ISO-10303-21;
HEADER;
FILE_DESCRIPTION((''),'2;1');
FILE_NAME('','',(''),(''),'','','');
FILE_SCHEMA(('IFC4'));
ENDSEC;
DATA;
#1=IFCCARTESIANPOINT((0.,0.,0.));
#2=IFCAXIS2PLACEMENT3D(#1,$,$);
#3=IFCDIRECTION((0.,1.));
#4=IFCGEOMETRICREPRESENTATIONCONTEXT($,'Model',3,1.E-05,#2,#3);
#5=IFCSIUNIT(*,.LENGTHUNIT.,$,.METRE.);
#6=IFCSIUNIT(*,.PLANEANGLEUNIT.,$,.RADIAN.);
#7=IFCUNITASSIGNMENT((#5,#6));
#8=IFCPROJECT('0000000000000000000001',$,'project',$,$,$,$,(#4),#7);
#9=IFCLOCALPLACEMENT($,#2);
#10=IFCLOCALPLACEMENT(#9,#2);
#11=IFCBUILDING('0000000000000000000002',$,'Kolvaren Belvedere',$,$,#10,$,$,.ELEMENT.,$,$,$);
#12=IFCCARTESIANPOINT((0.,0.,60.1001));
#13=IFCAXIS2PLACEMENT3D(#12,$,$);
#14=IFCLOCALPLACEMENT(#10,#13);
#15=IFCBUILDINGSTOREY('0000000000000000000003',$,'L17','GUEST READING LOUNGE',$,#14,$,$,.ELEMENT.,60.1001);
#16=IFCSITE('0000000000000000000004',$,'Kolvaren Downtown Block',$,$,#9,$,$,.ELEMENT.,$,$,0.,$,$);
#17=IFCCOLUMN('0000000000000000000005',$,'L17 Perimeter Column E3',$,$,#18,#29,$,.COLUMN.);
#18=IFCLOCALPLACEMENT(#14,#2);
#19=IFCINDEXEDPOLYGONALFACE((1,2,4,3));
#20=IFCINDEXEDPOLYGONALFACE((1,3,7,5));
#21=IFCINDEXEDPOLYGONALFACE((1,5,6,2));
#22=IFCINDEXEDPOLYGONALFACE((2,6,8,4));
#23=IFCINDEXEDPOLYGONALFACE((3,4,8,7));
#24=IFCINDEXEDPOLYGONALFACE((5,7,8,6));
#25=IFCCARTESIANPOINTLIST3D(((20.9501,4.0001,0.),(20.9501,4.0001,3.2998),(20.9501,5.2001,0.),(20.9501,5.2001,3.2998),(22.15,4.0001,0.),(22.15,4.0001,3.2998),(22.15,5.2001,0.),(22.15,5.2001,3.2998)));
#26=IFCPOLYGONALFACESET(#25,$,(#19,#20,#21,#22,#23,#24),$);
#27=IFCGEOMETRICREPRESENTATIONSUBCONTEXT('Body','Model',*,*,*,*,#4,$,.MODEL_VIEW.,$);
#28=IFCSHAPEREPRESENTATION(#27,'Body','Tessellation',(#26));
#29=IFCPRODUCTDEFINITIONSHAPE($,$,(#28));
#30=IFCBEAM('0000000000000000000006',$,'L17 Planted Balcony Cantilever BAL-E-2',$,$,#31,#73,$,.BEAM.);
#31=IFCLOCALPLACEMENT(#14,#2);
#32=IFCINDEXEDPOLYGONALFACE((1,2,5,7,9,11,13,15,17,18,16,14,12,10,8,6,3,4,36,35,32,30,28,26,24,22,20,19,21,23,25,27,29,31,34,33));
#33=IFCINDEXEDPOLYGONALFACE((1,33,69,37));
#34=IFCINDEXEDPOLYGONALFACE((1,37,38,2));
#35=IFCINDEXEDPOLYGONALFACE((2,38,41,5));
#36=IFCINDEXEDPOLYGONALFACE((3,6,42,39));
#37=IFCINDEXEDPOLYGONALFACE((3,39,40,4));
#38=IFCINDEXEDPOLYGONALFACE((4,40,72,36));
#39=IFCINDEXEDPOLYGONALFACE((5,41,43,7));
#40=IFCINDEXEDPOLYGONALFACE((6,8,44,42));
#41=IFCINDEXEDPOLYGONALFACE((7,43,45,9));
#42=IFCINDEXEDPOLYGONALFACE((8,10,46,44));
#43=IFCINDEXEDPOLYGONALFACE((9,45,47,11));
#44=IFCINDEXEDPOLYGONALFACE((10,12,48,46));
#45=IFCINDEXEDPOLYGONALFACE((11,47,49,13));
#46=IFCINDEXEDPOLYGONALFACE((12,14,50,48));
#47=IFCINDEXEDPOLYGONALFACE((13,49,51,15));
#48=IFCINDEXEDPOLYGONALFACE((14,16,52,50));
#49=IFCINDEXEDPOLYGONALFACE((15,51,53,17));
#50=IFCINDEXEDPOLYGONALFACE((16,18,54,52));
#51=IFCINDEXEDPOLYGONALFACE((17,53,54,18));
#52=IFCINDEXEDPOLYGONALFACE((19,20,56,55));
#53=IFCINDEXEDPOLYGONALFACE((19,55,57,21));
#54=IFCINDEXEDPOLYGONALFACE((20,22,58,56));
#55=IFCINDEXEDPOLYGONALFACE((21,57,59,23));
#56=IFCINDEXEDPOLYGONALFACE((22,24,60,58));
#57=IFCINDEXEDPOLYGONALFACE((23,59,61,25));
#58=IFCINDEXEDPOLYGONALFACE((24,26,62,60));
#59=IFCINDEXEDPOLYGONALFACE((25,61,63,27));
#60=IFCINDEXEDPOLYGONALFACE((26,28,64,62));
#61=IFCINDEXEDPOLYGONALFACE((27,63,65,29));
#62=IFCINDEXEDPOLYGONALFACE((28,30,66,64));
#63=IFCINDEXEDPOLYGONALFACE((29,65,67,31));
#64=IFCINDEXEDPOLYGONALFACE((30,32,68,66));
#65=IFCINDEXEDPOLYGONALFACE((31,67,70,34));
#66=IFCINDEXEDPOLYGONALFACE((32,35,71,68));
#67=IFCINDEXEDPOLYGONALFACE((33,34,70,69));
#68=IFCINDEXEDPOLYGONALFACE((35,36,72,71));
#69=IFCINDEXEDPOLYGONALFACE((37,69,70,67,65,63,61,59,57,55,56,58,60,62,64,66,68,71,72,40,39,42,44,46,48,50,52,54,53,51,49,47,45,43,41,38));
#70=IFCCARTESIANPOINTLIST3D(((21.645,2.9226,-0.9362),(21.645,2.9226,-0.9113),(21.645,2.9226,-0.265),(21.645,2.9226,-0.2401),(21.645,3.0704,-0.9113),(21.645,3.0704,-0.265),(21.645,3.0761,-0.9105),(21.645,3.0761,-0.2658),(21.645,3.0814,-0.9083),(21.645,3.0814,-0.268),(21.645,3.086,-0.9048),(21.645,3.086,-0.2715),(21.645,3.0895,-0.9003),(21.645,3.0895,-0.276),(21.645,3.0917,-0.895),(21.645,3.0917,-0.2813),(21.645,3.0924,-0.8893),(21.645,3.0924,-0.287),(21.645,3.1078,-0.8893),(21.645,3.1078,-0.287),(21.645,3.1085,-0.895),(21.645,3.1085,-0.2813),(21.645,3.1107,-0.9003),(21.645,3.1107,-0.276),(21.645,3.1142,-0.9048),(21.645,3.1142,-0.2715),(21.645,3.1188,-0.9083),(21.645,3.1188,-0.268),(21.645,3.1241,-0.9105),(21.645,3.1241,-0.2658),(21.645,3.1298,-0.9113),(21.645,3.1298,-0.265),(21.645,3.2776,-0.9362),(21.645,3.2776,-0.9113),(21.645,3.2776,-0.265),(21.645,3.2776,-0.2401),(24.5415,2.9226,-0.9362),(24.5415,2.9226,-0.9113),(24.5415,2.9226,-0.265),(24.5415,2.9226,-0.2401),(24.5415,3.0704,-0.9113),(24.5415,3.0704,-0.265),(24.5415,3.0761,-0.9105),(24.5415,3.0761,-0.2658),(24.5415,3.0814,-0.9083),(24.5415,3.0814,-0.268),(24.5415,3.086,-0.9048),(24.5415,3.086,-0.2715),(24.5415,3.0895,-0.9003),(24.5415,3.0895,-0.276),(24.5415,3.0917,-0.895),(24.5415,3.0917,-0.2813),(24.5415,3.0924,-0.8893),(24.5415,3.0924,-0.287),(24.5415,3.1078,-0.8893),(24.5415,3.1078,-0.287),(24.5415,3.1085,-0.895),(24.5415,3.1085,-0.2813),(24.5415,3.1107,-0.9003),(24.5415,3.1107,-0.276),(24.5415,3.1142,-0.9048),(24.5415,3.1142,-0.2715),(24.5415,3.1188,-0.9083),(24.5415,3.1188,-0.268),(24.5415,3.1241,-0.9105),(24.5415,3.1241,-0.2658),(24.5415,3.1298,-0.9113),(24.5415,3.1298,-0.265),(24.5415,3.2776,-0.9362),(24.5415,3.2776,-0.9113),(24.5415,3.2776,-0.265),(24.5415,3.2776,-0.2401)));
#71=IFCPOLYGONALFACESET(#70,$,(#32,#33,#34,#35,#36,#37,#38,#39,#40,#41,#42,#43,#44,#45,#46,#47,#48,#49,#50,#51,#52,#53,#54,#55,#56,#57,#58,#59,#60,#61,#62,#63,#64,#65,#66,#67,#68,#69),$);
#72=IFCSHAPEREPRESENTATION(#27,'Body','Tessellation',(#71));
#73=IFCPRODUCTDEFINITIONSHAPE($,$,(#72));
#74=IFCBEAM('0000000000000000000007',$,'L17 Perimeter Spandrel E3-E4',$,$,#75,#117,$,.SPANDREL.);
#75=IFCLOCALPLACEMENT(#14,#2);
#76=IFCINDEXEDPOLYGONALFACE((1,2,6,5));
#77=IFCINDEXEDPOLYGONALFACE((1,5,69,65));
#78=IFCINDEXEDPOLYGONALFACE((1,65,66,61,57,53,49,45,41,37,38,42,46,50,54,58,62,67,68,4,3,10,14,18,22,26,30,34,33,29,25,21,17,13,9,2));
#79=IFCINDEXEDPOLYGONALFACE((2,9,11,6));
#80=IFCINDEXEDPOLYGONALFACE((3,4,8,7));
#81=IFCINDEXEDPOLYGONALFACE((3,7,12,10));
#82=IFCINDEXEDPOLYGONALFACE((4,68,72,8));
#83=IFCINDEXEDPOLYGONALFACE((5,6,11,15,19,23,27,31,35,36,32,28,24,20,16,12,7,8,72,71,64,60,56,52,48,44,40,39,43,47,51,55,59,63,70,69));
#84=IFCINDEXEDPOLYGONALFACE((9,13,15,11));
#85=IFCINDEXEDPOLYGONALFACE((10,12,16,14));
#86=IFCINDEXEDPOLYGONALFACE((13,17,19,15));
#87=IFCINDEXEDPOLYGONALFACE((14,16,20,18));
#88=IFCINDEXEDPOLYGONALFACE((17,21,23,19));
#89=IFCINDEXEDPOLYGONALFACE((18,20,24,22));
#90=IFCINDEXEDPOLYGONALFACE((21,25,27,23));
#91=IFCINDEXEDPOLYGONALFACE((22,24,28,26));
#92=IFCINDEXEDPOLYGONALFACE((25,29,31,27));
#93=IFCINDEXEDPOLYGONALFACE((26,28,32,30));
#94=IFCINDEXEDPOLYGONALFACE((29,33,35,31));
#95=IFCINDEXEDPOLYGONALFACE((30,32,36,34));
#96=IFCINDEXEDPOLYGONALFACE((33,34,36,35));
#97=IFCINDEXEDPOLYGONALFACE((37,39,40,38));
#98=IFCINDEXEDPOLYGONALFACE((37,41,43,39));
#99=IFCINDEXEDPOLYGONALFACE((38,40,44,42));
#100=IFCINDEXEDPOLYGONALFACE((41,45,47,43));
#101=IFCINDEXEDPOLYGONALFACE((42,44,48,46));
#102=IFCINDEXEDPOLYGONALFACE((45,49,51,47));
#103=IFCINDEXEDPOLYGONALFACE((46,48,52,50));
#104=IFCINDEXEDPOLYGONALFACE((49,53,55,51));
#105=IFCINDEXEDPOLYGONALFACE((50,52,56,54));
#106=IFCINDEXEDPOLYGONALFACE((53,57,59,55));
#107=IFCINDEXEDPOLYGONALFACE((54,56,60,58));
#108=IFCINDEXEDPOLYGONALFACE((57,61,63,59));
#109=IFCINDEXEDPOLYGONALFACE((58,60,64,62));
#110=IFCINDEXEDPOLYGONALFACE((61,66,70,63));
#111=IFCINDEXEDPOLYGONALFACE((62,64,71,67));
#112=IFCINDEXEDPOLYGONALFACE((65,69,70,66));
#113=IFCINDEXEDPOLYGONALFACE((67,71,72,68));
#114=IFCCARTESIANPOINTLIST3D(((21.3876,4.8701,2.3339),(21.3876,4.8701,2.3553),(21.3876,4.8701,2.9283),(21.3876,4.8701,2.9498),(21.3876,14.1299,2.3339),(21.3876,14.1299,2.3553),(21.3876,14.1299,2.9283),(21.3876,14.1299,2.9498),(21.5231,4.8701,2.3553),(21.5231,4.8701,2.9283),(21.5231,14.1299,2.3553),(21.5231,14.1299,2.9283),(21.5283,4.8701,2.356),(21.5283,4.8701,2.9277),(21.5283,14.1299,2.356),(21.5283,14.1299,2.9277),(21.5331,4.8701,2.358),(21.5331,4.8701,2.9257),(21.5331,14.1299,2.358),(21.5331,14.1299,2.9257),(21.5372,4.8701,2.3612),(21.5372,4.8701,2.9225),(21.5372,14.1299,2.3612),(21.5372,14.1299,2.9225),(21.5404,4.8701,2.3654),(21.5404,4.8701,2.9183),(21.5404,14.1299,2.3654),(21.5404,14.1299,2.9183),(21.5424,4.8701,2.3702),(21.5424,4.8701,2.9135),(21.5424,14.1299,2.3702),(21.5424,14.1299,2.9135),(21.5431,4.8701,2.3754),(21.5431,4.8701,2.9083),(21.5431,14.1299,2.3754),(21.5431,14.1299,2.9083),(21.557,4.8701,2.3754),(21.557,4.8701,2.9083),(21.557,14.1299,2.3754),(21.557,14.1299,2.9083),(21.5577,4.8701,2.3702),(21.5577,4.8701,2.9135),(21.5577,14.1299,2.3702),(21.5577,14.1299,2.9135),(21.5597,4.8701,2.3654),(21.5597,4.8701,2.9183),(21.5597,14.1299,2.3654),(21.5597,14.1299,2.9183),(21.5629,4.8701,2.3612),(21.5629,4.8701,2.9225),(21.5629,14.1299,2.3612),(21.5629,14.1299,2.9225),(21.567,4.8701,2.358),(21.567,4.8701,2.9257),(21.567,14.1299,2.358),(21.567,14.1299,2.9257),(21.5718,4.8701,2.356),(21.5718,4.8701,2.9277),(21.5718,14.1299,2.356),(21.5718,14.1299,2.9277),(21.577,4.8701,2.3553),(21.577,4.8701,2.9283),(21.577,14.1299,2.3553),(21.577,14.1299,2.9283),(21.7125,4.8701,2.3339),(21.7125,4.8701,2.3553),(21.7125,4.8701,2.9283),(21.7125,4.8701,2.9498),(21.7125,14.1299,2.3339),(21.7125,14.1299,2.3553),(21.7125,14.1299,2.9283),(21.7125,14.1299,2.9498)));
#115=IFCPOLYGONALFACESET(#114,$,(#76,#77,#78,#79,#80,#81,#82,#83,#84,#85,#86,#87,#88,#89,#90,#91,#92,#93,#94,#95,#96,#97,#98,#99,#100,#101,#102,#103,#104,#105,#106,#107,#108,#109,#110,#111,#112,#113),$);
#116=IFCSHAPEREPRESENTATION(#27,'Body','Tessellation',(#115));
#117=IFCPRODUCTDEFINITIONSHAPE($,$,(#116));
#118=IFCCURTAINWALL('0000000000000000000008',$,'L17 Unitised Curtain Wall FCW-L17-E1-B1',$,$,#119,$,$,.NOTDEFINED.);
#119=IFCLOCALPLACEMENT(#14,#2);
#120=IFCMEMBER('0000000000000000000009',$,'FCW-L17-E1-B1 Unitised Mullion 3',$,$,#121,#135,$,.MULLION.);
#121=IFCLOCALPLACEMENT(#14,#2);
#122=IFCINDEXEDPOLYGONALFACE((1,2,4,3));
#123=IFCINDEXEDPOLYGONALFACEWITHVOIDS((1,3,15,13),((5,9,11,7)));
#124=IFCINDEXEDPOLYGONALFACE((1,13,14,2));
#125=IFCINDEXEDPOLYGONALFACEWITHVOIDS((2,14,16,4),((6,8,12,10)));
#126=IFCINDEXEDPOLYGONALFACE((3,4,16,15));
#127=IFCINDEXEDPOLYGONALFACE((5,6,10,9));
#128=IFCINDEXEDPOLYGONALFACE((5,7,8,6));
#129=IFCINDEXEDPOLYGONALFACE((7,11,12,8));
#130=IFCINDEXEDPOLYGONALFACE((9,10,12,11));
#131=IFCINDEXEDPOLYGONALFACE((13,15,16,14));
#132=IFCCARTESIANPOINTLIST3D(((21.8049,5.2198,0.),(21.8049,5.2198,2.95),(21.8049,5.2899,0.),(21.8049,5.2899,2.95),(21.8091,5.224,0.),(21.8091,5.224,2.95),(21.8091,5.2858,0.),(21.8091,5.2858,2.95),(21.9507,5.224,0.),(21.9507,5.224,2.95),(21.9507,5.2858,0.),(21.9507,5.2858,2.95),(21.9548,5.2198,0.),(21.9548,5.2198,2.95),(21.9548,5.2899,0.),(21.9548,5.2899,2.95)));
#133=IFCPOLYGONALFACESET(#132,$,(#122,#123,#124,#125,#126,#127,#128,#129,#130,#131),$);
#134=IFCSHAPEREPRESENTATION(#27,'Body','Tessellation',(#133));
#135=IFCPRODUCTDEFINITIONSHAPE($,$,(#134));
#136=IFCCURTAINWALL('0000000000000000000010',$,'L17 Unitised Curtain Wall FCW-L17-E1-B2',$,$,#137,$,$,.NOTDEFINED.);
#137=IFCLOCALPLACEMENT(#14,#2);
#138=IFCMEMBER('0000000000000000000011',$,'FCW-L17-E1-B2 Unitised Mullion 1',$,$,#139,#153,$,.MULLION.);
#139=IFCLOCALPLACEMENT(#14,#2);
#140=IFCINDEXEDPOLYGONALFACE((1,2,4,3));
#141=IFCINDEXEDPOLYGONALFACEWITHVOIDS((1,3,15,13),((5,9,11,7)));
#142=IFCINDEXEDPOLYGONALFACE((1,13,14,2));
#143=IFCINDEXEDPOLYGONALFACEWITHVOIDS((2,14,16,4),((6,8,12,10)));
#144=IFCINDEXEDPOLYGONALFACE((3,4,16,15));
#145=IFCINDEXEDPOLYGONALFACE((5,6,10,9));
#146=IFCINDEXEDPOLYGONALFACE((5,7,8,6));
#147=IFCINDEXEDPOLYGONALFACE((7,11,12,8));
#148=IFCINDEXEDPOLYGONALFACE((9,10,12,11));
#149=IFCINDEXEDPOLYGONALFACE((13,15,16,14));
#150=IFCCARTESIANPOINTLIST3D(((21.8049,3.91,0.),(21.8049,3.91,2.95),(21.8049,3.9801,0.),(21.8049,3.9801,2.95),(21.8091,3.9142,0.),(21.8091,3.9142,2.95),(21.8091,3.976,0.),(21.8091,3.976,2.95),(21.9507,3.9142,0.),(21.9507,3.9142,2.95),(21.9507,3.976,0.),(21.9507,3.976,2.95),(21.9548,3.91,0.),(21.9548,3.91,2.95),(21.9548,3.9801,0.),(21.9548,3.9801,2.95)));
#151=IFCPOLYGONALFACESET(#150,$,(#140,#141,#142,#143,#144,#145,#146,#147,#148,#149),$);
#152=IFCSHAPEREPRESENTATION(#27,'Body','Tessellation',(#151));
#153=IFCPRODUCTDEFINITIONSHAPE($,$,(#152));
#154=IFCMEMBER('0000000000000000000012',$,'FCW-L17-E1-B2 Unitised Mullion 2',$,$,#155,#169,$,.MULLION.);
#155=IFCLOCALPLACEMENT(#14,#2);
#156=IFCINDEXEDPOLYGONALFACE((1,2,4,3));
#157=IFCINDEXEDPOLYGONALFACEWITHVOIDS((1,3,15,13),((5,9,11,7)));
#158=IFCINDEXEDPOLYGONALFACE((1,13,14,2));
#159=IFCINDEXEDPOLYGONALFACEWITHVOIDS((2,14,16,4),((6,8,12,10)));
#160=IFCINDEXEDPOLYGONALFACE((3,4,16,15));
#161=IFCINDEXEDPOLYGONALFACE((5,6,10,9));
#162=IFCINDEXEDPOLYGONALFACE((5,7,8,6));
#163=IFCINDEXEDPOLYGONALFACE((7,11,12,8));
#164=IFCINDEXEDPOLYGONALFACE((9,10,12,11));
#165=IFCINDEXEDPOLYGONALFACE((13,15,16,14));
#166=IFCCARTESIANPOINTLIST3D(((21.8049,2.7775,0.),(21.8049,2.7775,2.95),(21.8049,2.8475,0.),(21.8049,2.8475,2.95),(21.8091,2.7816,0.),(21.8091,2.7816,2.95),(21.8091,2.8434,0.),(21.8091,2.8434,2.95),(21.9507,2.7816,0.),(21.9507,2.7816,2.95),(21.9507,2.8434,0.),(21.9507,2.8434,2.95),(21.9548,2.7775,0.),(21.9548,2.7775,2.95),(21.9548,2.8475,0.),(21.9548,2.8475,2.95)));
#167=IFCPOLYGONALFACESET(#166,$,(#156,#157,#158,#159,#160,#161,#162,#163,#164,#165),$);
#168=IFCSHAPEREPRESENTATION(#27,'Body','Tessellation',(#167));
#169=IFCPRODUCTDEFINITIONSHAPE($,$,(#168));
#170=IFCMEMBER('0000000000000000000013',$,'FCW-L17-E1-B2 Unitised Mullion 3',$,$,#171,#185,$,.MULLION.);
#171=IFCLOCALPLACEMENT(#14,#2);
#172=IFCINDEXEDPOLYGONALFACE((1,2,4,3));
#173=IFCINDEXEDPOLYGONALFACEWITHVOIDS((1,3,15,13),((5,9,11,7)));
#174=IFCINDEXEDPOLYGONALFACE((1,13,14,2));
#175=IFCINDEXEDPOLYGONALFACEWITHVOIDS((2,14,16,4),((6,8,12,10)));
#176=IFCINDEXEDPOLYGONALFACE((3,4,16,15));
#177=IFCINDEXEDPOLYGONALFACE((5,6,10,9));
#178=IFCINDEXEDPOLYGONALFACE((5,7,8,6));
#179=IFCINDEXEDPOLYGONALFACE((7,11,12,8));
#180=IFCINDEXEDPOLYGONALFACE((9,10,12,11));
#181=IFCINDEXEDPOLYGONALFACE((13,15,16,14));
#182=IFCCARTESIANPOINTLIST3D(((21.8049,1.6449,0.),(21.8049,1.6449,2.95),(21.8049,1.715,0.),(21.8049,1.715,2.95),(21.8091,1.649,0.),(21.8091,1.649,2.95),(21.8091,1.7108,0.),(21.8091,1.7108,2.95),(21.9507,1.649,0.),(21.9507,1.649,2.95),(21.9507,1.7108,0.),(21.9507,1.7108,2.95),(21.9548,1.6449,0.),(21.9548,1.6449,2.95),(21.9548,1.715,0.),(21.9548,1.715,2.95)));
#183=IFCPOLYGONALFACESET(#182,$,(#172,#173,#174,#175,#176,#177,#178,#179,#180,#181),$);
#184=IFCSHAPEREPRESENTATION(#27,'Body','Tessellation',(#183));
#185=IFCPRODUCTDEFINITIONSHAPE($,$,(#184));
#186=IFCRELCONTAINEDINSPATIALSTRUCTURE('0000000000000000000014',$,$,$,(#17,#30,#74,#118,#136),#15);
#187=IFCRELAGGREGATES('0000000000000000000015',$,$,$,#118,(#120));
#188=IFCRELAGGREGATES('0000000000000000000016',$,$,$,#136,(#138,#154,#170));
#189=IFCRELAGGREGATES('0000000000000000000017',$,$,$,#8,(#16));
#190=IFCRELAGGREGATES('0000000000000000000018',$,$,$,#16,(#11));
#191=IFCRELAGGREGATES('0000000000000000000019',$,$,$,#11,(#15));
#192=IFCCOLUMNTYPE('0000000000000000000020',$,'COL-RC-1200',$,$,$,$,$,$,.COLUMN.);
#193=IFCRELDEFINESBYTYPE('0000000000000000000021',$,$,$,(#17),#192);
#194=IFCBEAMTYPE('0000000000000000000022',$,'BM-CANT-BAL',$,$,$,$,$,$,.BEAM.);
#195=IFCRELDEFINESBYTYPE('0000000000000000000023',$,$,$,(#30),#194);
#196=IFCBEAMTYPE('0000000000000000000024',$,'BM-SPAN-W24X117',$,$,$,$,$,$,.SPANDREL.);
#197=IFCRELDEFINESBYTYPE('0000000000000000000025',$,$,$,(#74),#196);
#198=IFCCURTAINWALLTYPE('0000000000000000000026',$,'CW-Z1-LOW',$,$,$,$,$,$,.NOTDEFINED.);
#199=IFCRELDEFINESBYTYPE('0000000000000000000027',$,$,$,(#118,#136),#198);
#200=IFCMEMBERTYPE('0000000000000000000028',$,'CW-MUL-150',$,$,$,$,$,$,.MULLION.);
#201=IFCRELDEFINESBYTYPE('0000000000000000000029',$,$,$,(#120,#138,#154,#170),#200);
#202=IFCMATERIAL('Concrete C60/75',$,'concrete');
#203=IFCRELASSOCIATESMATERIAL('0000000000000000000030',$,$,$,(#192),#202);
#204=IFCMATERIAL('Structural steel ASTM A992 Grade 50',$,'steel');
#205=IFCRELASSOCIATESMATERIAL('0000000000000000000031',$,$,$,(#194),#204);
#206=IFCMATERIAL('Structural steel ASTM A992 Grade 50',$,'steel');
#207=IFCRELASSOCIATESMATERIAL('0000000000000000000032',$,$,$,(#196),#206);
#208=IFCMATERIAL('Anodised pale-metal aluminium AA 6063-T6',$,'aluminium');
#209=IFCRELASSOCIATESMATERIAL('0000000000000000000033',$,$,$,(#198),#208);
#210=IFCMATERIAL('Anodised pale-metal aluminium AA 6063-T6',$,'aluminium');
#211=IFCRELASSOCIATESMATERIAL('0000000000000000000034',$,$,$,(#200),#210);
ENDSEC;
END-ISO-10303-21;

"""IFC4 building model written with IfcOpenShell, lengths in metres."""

from ifc_helpers import new_model, si_unit, direction, frame, origin, origin_2d, place, context, subcontext, project, spatial, rectangle, hollow_rectangle, i_section, extrude, material, material_profile, profile_set, type_object, element, aggregate, save


model = new_model("IFC4")

# Units and contexts
model_context = context("Model", 3, precision=1e-05, world=origin(), true_north=direction((0.0, 1.0)))
body_context = subcontext(model_context, "Body", "Model", "MODEL_VIEW")
ifc_project = project(units=[si_unit("LENGTHUNIT", "METRE"), si_unit("PLANEANGLEUNIT", "RADIAN")], contexts=[model_context])

# Site, building, storey
site_placement = place(None, origin())
site = spatial("IfcSite", under=ifc_project, at=site_placement, Name="Kolvaren Downtown Block", CompositionType="ELEMENT", RefElevation=0.0)
building_placement = place(site_placement, origin())
building = spatial("IfcBuilding", under=site, at=building_placement, Name="Kolvaren Belvedere", CompositionType="ELEMENT")
storey_placement = place(building_placement, frame((0.0, 0.0, 60.1001)))
storey = spatial("IfcBuildingStorey", under=building, at=storey_placement, Name="L17", Description="GUEST READING LOUNGE", CompositionType="ELEMENT", Elevation=60.1001)

# Column
ifc_material_1 = material(Name="Concrete C60/75", Category="concrete")
ifc_material_profile_1 = material_profile(ifc_material_1, rectangle(XDim=1.2, YDim=1.2, at=origin_2d()), Name="RC 1200X1200")
ifc_profile_set_1 = profile_set([ifc_material_profile_1], Name="Concrete C60/75")
column_type = type_object("IfcColumnType", Name="COL-RC-1200", PredefinedType="COLUMN", material=ifc_profile_set_1)
column_placement = place(storey_placement, frame((21.55, 4.6001, 0.0), z_axis=(0.0, 0.0, 1.0), x_axis=(1.0, 0.0, 0.0)))
element("IfcColumn", 1, at=column_placement, inside=storey, type_object=column_type, Name="L17 Perimeter Column E3", PredefinedType="COLUMN", context=body_context, shape_type="SweptSolid", body=[
    extrude(rectangle(XDim=1.2, YDim=1.2, at=origin_2d()), origin(), (0.0, 0.0, 1.0), 3.2998),
])

# Beams
ifc_material_2 = material(Name="Structural steel ASTM A992 Grade 50", Category="steel")
ifc_material_profile_2 = material_profile(ifc_material_2, i_section(OverallWidth=0.355, OverallDepth=0.696, WebThickness=0.0154, FlangeThickness=0.0249, FilletRadius=0.022, at=origin_2d()), Name="W27X146")
ifc_profile_set_2 = profile_set([ifc_material_profile_2], Name="Structural steel ASTM A992 Grade 50")
beam_type_1 = type_object("IfcBeamType", Name="BM-CANT-BAL", PredefinedType="BEAM", material=ifc_profile_set_2)
beam_1_placement = place(storey_placement, frame((21.645, 3.1001, -0.5881), z_axis=(1.0, 0.0, 0.0), x_axis=(0.0, 1.0, 0.0)))
element("IfcBeam", 2, at=beam_1_placement, inside=storey, type_object=beam_type_1, Name="L17 Planted Balcony Cantilever BAL-E-2", PredefinedType="BEAM", context=body_context, shape_type="SweptSolid", body=[
    extrude(i_section(OverallWidth=0.355, OverallDepth=0.696, WebThickness=0.0154, FlangeThickness=0.0249, FilletRadius=0.022, at=origin_2d()), origin(), (0.0, 0.0, 1.0), 2.8965),
])
ifc_material_3 = material(Name="Structural steel ASTM A992 Grade 50", Category="steel")
ifc_material_profile_3 = material_profile(ifc_material_3, i_section(OverallWidth=0.325, OverallDepth=0.616, WebThickness=0.0139, FlangeThickness=0.0215, FilletRadius=0.02, at=origin_2d()), Name="W24X117")
ifc_profile_set_3 = profile_set([ifc_material_profile_3], Name="Structural steel ASTM A992 Grade 50")
beam_type_2 = type_object("IfcBeamType", Name="BM-SPAN-W24X117", PredefinedType="SPANDREL", material=ifc_profile_set_3)
beam_2_placement = place(storey_placement, frame((21.55, 4.8701, 2.6418), z_axis=(0.0, 1.0, 0.0), x_axis=(-1.0, 0.0, 0.0)))
element("IfcBeam", 3, at=beam_2_placement, inside=storey, type_object=beam_type_2, Name="L17 Perimeter Spandrel E3-E4", PredefinedType="SPANDREL", context=body_context, shape_type="SweptSolid", body=[
    extrude(i_section(OverallWidth=0.325, OverallDepth=0.616, WebThickness=0.0139, FlangeThickness=0.0215, FilletRadius=0.02, at=origin_2d()), origin(), (0.0, 0.0, 1.0), 9.2598),
])

# Curtain wall, member
ifc_material_4 = material(Name="Anodised pale-metal aluminium AA 6063-T6", Category="aluminium")
curtain_wall_type = type_object("IfcCurtainWallType", Name="CW-Z1-LOW", PredefinedType="NOTDEFINED", material=ifc_material_4)
curtain_wall_1_placement = place(storey_placement, origin())
curtain_wall_1 = element("IfcCurtainWall", 4, at=curtain_wall_1_placement, inside=storey, type_object=curtain_wall_type, Name="L17 Unitised Curtain Wall FCW-L17-E1-B1", PredefinedType="NOTDEFINED")
ifc_material_5 = material(Name="Anodised pale-metal aluminium AA 6063-T6", Category="aluminium")
ifc_material_profile_4 = material_profile(ifc_material_5, hollow_rectangle(XDim=0.0701, YDim=0.1499, WallThickness=0.0042, at=origin_2d()), Name="ALU-MUL-150X70")
ifc_profile_set_4 = profile_set([ifc_material_profile_4], Name="Anodised pale-metal aluminium AA 6063-T6")
member_type_1 = type_object("IfcMemberType", Name="CW-MUL-150", PredefinedType="MULLION", material=ifc_profile_set_4)
member_1_placement = place(storey_placement, frame((21.8799, 5.2549, 0.0), z_axis=(0.0, 0.0, 1.0), x_axis=(0.0, 1.0, 0.0)))
member_1 = element("IfcMember", 5, at=member_1_placement, type_object=member_type_1, Name="FCW-L17-E1-B1 Unitised Mullion 3", PredefinedType="MULLION", context=body_context, shape_type="SweptSolid", body=[
    extrude(hollow_rectangle(XDim=0.0701, YDim=0.1499, WallThickness=0.0042, at=origin_2d()), origin(), (0.0, 0.0, 1.0), 2.95),
])

# Curtain wall, members
curtain_wall_2_placement = place(storey_placement, origin())
curtain_wall_2 = element("IfcCurtainWall", 6, at=curtain_wall_2_placement, inside=storey, type_object=curtain_wall_type, Name="L17 Unitised Curtain Wall FCW-L17-E1-B2", PredefinedType="NOTDEFINED")
member_2_placement = place(storey_placement, frame((21.8799, 3.9451, 0.0), z_axis=(0.0, 0.0, 1.0), x_axis=(0.0, 1.0, 0.0)))
member_2 = element("IfcMember", 7, at=member_2_placement, type_object=member_type_1, Name="FCW-L17-E1-B2 Unitised Mullion 1", PredefinedType="MULLION", context=body_context, shape_type="SweptSolid", body=[
    extrude(hollow_rectangle(XDim=0.0701, YDim=0.1499, WallThickness=0.0042, at=origin_2d()), origin(), (0.0, 0.0, 1.0), 2.95),
])
member_3_placement = place(storey_placement, frame((21.8799, 2.8125, 0.0), z_axis=(0.0, 0.0, 1.0), x_axis=(0.0, 1.0, 0.0)))
member_3 = element("IfcMember", 8, at=member_3_placement, type_object=member_type_1, Name="FCW-L17-E1-B2 Unitised Mullion 2", PredefinedType="MULLION", context=body_context, shape_type="SweptSolid", body=[
    extrude(hollow_rectangle(XDim=0.0701, YDim=0.1499, WallThickness=0.0042, at=origin_2d()), origin(), (0.0, 0.0, 1.0), 2.95),
])
member_4_placement = place(storey_placement, frame((21.8799, 1.6799, 0.0), z_axis=(0.0, 0.0, 1.0), x_axis=(0.0, 1.0, 0.0)))
member_4 = element("IfcMember", 9, at=member_4_placement, type_object=member_type_1, Name="FCW-L17-E1-B2 Unitised Mullion 3", PredefinedType="MULLION", context=body_context, shape_type="SweptSolid", body=[
    extrude(hollow_rectangle(XDim=0.0701, YDim=0.1499, WallThickness=0.0042, at=origin_2d()), origin(), (0.0, 0.0, 1.0), 2.95),
])

aggregate(curtain_wall_1, [member_1])
aggregate(curtain_wall_2, [member_2, member_3, member_4])

save(model, "model.ifc")
